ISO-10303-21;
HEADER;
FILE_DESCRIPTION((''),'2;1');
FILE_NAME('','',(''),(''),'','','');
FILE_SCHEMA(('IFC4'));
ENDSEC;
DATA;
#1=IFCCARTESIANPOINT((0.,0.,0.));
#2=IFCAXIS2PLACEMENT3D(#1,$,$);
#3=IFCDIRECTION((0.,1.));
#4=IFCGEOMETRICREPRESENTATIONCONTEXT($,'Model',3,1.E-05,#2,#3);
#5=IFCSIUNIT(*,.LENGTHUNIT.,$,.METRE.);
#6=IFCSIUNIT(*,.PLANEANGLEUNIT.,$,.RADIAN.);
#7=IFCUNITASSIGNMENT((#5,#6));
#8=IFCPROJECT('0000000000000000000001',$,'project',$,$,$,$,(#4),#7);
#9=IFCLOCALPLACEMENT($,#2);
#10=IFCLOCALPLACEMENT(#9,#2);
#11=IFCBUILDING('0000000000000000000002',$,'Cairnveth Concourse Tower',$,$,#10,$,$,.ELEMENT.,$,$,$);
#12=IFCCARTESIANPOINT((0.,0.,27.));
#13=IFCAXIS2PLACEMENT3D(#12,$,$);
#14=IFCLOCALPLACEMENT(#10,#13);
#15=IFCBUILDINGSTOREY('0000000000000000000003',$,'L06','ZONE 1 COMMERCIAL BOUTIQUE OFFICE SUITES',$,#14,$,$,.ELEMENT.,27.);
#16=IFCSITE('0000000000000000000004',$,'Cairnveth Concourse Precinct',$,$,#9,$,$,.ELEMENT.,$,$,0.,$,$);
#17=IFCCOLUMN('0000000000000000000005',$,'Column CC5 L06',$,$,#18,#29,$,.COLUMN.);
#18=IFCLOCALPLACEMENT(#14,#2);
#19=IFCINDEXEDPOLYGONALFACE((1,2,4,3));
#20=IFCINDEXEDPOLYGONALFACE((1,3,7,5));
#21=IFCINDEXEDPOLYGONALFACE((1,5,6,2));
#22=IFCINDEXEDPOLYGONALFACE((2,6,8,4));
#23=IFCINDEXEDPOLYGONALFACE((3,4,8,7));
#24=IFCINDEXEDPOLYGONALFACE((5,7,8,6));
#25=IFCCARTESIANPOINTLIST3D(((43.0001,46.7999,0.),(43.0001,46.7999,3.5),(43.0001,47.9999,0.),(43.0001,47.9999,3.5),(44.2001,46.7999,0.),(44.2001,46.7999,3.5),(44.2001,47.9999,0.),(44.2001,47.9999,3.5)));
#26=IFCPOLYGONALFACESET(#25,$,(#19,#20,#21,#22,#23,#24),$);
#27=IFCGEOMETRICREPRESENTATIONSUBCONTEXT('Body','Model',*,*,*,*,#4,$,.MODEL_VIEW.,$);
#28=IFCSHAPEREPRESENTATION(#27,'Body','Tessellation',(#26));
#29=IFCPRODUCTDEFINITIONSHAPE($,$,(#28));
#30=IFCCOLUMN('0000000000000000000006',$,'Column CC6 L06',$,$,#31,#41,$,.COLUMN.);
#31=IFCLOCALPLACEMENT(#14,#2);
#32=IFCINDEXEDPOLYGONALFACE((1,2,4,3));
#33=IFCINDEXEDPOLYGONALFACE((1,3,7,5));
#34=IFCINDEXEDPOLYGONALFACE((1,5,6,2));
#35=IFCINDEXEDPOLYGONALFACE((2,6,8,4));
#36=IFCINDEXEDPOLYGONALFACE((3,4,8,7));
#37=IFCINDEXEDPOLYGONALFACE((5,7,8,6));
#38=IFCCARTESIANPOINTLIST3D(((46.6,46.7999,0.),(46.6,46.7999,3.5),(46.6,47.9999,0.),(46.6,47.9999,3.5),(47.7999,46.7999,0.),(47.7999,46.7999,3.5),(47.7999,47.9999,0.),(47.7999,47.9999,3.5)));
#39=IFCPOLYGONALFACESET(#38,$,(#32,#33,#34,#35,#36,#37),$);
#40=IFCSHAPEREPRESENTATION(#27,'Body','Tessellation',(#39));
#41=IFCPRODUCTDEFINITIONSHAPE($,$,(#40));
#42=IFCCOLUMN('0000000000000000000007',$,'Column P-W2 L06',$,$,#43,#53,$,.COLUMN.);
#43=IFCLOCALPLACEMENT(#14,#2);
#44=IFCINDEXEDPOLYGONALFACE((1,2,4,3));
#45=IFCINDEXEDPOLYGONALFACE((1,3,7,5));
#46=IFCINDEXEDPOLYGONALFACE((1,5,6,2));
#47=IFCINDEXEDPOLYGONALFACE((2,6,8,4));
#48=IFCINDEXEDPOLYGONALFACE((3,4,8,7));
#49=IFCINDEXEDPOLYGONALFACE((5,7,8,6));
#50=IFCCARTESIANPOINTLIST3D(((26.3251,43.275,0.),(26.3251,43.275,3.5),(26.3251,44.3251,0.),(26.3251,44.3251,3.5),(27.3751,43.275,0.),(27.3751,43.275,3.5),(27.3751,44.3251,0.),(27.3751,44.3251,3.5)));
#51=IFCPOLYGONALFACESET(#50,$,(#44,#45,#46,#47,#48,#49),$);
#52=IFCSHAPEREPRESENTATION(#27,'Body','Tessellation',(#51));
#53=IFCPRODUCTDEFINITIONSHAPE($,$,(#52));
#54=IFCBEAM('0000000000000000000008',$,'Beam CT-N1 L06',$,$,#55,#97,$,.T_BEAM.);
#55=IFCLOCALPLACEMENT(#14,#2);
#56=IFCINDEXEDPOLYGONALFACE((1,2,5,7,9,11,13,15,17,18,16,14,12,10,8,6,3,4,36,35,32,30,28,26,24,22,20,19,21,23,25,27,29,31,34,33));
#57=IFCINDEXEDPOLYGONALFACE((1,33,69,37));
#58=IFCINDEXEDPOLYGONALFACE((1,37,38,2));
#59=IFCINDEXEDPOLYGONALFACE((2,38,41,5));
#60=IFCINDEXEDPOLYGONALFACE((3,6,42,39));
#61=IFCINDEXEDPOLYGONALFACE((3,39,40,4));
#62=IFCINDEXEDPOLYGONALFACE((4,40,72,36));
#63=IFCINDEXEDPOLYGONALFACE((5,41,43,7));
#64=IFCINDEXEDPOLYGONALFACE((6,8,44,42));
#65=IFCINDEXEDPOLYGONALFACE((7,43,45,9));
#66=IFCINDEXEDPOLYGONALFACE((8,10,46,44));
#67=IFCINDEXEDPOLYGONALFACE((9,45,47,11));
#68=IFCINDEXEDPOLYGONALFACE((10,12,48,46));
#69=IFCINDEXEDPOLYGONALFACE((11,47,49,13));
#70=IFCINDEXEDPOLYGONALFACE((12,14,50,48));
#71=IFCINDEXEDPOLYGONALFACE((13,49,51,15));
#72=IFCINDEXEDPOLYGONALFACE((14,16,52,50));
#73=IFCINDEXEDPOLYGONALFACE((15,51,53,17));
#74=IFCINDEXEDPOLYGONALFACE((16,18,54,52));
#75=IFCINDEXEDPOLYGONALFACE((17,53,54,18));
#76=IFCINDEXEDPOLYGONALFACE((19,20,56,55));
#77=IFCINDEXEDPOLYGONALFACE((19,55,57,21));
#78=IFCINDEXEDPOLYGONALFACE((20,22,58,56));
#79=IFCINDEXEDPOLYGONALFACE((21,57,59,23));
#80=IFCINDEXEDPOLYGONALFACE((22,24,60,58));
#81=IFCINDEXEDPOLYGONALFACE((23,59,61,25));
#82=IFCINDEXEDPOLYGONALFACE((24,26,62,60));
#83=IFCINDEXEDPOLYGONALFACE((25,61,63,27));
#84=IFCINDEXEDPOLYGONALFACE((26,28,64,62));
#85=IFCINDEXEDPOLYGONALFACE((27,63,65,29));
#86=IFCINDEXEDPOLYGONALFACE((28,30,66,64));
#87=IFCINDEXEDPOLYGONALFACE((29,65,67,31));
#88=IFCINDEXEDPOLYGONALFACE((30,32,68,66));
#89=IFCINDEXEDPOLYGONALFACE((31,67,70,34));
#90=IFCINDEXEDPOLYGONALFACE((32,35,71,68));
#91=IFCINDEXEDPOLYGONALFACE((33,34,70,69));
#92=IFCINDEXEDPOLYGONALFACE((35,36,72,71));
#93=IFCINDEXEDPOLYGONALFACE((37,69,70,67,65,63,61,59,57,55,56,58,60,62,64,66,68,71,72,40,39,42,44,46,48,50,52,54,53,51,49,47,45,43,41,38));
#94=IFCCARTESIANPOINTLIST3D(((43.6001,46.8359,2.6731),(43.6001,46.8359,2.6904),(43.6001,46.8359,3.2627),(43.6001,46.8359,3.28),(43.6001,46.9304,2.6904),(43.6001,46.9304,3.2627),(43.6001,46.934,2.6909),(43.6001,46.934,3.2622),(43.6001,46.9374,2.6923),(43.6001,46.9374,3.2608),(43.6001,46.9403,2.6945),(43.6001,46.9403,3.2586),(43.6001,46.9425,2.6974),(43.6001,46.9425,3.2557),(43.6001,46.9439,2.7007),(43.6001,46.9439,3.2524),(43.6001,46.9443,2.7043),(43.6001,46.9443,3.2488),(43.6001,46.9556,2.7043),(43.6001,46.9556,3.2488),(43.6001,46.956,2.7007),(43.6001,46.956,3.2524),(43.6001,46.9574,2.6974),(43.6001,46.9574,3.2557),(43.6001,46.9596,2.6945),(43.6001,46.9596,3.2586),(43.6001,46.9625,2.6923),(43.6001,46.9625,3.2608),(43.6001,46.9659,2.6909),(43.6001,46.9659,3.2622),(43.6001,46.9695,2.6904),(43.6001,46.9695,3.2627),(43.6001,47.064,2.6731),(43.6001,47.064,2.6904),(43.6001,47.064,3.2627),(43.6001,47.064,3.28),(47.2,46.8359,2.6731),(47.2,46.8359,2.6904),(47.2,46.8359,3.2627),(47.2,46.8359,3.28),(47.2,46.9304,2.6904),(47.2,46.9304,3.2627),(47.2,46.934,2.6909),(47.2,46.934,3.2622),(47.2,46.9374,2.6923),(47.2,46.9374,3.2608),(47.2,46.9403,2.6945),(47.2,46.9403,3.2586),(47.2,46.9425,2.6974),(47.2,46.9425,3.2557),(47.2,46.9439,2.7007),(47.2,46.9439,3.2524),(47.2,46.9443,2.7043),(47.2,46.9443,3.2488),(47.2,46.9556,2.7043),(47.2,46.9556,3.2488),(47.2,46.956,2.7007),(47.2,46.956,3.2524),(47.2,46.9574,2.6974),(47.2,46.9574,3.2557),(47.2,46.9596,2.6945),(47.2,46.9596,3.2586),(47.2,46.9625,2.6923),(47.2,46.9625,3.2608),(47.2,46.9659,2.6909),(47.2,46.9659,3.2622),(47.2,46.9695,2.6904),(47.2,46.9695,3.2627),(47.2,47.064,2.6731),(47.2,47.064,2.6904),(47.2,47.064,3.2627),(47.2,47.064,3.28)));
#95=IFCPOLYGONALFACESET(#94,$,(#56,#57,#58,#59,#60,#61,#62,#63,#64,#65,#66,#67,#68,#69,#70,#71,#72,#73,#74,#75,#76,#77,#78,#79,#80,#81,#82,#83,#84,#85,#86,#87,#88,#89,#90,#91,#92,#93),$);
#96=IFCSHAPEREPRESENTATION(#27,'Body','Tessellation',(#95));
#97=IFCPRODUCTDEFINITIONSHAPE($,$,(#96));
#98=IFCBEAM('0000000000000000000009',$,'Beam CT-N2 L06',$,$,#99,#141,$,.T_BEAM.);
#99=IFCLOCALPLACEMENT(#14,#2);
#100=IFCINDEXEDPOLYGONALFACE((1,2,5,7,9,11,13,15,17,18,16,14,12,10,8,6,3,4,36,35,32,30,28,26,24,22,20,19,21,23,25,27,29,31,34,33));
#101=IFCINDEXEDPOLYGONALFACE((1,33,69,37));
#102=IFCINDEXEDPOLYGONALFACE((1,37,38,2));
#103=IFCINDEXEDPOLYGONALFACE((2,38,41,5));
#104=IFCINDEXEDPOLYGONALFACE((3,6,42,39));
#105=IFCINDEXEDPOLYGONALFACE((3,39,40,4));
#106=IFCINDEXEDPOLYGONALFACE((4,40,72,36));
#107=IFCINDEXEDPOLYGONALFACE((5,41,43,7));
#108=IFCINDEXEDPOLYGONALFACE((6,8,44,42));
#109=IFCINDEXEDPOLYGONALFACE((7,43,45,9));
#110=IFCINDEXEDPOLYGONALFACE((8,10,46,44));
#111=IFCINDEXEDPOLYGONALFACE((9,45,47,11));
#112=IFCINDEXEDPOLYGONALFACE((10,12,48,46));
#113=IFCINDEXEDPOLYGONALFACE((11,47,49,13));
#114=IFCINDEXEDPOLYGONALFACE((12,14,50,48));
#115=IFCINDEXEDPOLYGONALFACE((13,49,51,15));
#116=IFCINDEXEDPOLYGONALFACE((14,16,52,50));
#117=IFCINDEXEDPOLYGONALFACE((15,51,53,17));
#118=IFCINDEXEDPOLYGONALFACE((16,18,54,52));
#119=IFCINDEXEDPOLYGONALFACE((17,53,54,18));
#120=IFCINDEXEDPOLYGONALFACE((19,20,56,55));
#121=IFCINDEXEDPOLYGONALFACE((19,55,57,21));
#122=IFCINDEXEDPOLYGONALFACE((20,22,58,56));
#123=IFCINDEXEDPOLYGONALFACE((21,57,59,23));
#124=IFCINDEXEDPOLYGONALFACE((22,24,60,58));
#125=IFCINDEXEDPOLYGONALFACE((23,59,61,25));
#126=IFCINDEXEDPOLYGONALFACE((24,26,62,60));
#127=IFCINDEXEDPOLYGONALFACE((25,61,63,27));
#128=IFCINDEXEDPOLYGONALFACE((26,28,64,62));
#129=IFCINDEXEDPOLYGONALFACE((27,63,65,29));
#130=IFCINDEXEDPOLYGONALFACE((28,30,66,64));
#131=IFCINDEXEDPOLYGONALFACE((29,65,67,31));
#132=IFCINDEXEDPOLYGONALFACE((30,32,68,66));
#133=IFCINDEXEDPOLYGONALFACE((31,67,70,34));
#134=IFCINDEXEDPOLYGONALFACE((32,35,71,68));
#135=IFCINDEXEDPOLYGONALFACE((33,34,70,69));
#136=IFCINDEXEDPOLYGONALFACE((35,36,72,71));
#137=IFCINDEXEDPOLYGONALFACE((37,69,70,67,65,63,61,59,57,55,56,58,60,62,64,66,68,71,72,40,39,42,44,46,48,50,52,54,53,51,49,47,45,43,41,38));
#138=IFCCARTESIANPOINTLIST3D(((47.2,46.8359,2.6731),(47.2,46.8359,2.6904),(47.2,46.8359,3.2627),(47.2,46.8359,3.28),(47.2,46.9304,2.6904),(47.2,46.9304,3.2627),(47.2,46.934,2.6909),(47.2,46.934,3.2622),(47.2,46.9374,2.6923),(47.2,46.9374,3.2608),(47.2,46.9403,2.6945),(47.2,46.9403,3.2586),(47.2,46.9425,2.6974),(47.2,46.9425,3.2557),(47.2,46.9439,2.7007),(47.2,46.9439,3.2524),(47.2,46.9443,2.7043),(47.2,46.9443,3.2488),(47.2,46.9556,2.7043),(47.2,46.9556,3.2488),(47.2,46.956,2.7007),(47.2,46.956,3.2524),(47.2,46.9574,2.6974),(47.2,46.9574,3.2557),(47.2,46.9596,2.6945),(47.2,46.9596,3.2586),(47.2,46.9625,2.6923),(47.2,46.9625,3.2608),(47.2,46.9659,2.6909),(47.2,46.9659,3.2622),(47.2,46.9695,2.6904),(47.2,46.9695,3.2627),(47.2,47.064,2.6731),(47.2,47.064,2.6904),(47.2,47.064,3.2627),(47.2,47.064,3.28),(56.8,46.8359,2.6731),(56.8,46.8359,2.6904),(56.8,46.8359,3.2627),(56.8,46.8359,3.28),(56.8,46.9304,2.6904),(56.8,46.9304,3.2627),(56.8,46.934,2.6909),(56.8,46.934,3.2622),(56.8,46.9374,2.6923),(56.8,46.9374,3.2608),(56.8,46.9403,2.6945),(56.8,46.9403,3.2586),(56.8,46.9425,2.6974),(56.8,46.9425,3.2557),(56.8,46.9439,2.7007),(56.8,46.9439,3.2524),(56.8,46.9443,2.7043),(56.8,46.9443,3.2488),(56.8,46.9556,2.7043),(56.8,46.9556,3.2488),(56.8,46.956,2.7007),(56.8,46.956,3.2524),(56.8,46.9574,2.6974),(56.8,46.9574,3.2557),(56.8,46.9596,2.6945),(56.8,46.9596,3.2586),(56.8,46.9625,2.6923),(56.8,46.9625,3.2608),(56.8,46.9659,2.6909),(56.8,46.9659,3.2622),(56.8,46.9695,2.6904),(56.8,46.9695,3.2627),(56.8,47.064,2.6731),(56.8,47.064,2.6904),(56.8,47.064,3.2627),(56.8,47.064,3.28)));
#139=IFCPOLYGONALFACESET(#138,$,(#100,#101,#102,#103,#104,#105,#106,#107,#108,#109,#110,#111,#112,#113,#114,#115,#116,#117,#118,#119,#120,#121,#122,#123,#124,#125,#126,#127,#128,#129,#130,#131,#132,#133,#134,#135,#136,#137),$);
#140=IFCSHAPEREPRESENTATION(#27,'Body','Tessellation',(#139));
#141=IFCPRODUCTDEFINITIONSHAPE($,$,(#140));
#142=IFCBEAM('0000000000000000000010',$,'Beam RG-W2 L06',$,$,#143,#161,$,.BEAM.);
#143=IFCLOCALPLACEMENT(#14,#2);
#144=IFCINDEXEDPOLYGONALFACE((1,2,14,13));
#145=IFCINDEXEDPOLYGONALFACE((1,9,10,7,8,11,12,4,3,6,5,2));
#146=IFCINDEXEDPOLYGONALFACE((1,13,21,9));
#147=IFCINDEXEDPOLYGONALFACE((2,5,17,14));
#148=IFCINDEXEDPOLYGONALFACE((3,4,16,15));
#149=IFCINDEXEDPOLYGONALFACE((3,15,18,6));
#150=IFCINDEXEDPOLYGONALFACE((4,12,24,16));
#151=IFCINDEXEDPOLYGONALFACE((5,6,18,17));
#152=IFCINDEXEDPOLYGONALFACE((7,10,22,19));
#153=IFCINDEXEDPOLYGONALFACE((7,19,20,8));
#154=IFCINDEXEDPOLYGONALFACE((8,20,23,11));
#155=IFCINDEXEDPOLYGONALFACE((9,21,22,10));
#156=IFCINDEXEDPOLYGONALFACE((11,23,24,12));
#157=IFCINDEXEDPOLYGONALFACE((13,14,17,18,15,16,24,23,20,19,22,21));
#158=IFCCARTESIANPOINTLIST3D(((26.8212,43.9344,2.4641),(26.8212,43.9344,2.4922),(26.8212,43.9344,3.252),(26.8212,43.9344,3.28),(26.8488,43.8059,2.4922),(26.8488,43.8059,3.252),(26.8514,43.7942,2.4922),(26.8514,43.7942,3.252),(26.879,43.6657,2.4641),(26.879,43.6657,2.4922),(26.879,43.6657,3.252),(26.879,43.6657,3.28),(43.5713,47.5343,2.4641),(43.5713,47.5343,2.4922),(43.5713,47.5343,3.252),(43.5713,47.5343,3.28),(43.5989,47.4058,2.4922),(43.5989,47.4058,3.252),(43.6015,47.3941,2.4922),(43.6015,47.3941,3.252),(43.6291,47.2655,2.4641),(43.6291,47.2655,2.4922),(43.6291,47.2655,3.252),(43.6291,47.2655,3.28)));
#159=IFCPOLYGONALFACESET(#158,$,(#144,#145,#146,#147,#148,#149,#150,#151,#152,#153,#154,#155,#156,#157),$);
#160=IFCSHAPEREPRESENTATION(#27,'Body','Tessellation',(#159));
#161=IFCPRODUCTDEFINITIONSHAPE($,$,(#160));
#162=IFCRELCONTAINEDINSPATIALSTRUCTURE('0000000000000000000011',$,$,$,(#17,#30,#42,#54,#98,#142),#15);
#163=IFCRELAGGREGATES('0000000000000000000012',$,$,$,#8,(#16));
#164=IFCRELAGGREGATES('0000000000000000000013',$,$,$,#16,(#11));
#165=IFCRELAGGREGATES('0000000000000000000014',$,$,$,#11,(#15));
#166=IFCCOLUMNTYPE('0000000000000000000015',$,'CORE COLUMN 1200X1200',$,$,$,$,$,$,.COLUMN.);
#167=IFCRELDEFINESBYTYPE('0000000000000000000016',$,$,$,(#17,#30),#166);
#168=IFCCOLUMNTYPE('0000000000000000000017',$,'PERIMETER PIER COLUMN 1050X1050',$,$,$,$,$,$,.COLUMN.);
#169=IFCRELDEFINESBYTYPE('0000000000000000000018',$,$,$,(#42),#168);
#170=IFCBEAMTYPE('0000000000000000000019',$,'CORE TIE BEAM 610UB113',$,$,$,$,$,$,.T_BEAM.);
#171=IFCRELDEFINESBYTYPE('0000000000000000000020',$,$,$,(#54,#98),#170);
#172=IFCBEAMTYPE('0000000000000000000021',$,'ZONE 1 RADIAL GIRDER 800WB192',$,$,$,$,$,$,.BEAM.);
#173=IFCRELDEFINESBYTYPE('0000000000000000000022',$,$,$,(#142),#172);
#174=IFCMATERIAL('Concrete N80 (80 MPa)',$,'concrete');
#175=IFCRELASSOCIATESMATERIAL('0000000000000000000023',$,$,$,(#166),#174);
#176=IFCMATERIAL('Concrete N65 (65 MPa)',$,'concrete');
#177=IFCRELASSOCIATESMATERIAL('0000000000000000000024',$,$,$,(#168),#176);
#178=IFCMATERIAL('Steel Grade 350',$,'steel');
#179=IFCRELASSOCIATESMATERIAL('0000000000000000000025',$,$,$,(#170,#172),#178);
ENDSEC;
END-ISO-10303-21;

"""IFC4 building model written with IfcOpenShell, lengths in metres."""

from ifc_helpers import new_model, si_unit, direction, frame, origin, origin_2d, place, context, subcontext, project, spatial, rectangle, i_section, extrude, material, material_profile, profile_set, type_object, element, save


model = new_model("IFC4")

# Units and contexts
model_context = context("Model", 3, precision=1e-05, world=origin(), true_north=direction((0.0, 1.0)))
body_context = subcontext(model_context, "Body", "Model", "MODEL_VIEW")
ifc_project = project(units=[si_unit("LENGTHUNIT", "METRE"), si_unit("PLANEANGLEUNIT", "RADIAN")], contexts=[model_context])

# Site, building, storey
site_placement = place(None, origin())
site = spatial("IfcSite", under=ifc_project, at=site_placement, Name="Cairnveth Concourse Precinct", CompositionType="ELEMENT", RefElevation=0.0)
building_placement = place(site_placement, origin())
building = spatial("IfcBuilding", under=site, at=building_placement, Name="Cairnveth Concourse Tower", CompositionType="ELEMENT")
storey_placement = place(building_placement, frame((0.0, 0.0, 27.0)))
storey = spatial("IfcBuildingStorey", under=building, at=storey_placement, Name="L06", Description="ZONE 1 COMMERCIAL BOUTIQUE OFFICE SUITES", CompositionType="ELEMENT", Elevation=27.0)

# Columns
ifc_material_1 = material(Name="Concrete N80 (80 MPa)", Category="concrete")
ifc_material_profile_1 = material_profile(ifc_material_1, rectangle(XDim=1.2, YDim=1.2, at=origin_2d()), Name="RC-COL-1200x1200")
ifc_profile_set_1 = profile_set([ifc_material_profile_1], Name="Concrete N80 (80 MPa)")
column_type_1 = type_object("IfcColumnType", Name="CORE COLUMN 1200X1200", PredefinedType="COLUMN", material=ifc_profile_set_1)
for number, where, z_axis, x_axis, name in (
    (1, (43.6001, 47.3999, 0.0), (0.0, 0.0, 1.0), (1.0, 0.0, 0.0), "Column CC5 L06"),
    (2, (47.2, 47.3999, 0.0), (0.0, 0.0, 1.0), (1.0, 0.0, 0.0), "Column CC6 L06"),
):
    element("IfcColumn", number, at=place(storey_placement, frame(where, z_axis=z_axis, x_axis=x_axis)), inside=storey, type_object=column_type_1, Name=name, PredefinedType="COLUMN", context=body_context, shape_type="SweptSolid", body=[
        extrude(rectangle(XDim=1.2, YDim=1.2, at=origin_2d()), origin(), (0.0, 0.0, 1.0), 3.5),
    ])
ifc_material_2 = material(Name="Concrete N65 (65 MPa)", Category="concrete")
ifc_material_profile_2 = material_profile(ifc_material_2, rectangle(XDim=1.05, YDim=1.05, at=origin_2d()), Name="RC-COL-1050x1050")
ifc_profile_set_2 = profile_set([ifc_material_profile_2], Name="Concrete N65 (65 MPa)")
column_type_2 = type_object("IfcColumnType", Name="PERIMETER PIER COLUMN 1050X1050", PredefinedType="COLUMN", material=ifc_profile_set_2)
column_placement = place(storey_placement, frame((26.8501, 43.8, 0.0), z_axis=(0.0, 0.0, 1.0), x_axis=(0.0, 1.0, 0.0)))
element("IfcColumn", 3, at=column_placement, inside=storey, type_object=column_type_2, Name="Column P-W2 L06", PredefinedType="COLUMN", context=body_context, shape_type="SweptSolid", body=[
    extrude(rectangle(XDim=1.05, YDim=1.05, at=origin_2d()), origin(), (0.0, 0.0, 1.0), 3.5),
])

# Beams
ifc_material_3 = material(Name="Steel Grade 350", Category="steel")
ifc_material_profile_3 = material_profile(ifc_material_3, i_section(OverallWidth=0.228, OverallDepth=0.6069, WebThickness=0.0112, FlangeThickness=0.0173, FilletRadius=0.0139, at=origin_2d()), Name="610UB113")
ifc_profile_set_3 = profile_set([ifc_material_profile_3], Name="Steel Grade 350")
beam_type_1 = type_object("IfcBeamType", Name="CORE TIE BEAM 610UB113", PredefinedType="T_BEAM", material=ifc_profile_set_3)
beam_1_placement = place(storey_placement, frame((43.6001, 46.95, 2.9766), z_axis=(1.0, 0.0, 0.0), x_axis=(0.0, 1.0, 0.0)))
element("IfcBeam", 4, at=beam_1_placement, inside=storey, type_object=beam_type_1, Name="Beam CT-N1 L06", PredefinedType="T_BEAM", context=body_context, shape_type="SweptSolid", body=[
    extrude(i_section(OverallWidth=0.228, OverallDepth=0.6069, WebThickness=0.0112, FlangeThickness=0.0173, FilletRadius=0.0139, at=origin_2d()), origin(), (0.0, 0.0, 1.0), 3.5999),
])
beam_2_placement = place(storey_placement, frame((47.2, 46.95, 2.9766), z_axis=(1.0, 0.0, 0.0), x_axis=(0.0, 1.0, 0.0)))
element("IfcBeam", 5, at=beam_2_placement, inside=storey, type_object=beam_type_1, Name="Beam CT-N2 L06", PredefinedType="T_BEAM", context=body_context, shape_type="SweptSolid", body=[
    extrude(i_section(OverallWidth=0.228, OverallDepth=0.6069, WebThickness=0.0112, FlangeThickness=0.0173, FilletRadius=0.0139, at=origin_2d()), origin(), (0.0, 0.0, 1.0), 9.6001),
])
ifc_material_profile_4 = material_profile(ifc_material_3, i_section(OverallWidth=0.2749, OverallDepth=0.8159, WebThickness=0.012, FlangeThickness=0.0281, at=origin_2d()), Name="800WB192")
ifc_profile_set_4 = profile_set([ifc_material_profile_4], Name="Steel Grade 350")
beam_type_2 = type_object("IfcBeamType", Name="ZONE 1 RADIAL GIRDER 800WB192", PredefinedType="BEAM", material=ifc_profile_set_4)
beam_3_placement = place(storey_placement, frame((26.8501, 43.8, 2.8721), z_axis=(0.977676, 0.210119, 0.0), x_axis=(-0.210119, 0.977676, 0.0)))
element("IfcBeam", 6, at=beam_3_placement, inside=storey, type_object=beam_type_2, Name="Beam RG-W2 L06", PredefinedType="BEAM", context=body_context, shape_type="SweptSolid", body=[
    extrude(i_section(OverallWidth=0.2749, OverallDepth=0.8159, WebThickness=0.012, FlangeThickness=0.0281, at=origin_2d()), origin(), (0.0, 0.0, 1.0), 17.1326),
])

save(model, "model.ifc")
